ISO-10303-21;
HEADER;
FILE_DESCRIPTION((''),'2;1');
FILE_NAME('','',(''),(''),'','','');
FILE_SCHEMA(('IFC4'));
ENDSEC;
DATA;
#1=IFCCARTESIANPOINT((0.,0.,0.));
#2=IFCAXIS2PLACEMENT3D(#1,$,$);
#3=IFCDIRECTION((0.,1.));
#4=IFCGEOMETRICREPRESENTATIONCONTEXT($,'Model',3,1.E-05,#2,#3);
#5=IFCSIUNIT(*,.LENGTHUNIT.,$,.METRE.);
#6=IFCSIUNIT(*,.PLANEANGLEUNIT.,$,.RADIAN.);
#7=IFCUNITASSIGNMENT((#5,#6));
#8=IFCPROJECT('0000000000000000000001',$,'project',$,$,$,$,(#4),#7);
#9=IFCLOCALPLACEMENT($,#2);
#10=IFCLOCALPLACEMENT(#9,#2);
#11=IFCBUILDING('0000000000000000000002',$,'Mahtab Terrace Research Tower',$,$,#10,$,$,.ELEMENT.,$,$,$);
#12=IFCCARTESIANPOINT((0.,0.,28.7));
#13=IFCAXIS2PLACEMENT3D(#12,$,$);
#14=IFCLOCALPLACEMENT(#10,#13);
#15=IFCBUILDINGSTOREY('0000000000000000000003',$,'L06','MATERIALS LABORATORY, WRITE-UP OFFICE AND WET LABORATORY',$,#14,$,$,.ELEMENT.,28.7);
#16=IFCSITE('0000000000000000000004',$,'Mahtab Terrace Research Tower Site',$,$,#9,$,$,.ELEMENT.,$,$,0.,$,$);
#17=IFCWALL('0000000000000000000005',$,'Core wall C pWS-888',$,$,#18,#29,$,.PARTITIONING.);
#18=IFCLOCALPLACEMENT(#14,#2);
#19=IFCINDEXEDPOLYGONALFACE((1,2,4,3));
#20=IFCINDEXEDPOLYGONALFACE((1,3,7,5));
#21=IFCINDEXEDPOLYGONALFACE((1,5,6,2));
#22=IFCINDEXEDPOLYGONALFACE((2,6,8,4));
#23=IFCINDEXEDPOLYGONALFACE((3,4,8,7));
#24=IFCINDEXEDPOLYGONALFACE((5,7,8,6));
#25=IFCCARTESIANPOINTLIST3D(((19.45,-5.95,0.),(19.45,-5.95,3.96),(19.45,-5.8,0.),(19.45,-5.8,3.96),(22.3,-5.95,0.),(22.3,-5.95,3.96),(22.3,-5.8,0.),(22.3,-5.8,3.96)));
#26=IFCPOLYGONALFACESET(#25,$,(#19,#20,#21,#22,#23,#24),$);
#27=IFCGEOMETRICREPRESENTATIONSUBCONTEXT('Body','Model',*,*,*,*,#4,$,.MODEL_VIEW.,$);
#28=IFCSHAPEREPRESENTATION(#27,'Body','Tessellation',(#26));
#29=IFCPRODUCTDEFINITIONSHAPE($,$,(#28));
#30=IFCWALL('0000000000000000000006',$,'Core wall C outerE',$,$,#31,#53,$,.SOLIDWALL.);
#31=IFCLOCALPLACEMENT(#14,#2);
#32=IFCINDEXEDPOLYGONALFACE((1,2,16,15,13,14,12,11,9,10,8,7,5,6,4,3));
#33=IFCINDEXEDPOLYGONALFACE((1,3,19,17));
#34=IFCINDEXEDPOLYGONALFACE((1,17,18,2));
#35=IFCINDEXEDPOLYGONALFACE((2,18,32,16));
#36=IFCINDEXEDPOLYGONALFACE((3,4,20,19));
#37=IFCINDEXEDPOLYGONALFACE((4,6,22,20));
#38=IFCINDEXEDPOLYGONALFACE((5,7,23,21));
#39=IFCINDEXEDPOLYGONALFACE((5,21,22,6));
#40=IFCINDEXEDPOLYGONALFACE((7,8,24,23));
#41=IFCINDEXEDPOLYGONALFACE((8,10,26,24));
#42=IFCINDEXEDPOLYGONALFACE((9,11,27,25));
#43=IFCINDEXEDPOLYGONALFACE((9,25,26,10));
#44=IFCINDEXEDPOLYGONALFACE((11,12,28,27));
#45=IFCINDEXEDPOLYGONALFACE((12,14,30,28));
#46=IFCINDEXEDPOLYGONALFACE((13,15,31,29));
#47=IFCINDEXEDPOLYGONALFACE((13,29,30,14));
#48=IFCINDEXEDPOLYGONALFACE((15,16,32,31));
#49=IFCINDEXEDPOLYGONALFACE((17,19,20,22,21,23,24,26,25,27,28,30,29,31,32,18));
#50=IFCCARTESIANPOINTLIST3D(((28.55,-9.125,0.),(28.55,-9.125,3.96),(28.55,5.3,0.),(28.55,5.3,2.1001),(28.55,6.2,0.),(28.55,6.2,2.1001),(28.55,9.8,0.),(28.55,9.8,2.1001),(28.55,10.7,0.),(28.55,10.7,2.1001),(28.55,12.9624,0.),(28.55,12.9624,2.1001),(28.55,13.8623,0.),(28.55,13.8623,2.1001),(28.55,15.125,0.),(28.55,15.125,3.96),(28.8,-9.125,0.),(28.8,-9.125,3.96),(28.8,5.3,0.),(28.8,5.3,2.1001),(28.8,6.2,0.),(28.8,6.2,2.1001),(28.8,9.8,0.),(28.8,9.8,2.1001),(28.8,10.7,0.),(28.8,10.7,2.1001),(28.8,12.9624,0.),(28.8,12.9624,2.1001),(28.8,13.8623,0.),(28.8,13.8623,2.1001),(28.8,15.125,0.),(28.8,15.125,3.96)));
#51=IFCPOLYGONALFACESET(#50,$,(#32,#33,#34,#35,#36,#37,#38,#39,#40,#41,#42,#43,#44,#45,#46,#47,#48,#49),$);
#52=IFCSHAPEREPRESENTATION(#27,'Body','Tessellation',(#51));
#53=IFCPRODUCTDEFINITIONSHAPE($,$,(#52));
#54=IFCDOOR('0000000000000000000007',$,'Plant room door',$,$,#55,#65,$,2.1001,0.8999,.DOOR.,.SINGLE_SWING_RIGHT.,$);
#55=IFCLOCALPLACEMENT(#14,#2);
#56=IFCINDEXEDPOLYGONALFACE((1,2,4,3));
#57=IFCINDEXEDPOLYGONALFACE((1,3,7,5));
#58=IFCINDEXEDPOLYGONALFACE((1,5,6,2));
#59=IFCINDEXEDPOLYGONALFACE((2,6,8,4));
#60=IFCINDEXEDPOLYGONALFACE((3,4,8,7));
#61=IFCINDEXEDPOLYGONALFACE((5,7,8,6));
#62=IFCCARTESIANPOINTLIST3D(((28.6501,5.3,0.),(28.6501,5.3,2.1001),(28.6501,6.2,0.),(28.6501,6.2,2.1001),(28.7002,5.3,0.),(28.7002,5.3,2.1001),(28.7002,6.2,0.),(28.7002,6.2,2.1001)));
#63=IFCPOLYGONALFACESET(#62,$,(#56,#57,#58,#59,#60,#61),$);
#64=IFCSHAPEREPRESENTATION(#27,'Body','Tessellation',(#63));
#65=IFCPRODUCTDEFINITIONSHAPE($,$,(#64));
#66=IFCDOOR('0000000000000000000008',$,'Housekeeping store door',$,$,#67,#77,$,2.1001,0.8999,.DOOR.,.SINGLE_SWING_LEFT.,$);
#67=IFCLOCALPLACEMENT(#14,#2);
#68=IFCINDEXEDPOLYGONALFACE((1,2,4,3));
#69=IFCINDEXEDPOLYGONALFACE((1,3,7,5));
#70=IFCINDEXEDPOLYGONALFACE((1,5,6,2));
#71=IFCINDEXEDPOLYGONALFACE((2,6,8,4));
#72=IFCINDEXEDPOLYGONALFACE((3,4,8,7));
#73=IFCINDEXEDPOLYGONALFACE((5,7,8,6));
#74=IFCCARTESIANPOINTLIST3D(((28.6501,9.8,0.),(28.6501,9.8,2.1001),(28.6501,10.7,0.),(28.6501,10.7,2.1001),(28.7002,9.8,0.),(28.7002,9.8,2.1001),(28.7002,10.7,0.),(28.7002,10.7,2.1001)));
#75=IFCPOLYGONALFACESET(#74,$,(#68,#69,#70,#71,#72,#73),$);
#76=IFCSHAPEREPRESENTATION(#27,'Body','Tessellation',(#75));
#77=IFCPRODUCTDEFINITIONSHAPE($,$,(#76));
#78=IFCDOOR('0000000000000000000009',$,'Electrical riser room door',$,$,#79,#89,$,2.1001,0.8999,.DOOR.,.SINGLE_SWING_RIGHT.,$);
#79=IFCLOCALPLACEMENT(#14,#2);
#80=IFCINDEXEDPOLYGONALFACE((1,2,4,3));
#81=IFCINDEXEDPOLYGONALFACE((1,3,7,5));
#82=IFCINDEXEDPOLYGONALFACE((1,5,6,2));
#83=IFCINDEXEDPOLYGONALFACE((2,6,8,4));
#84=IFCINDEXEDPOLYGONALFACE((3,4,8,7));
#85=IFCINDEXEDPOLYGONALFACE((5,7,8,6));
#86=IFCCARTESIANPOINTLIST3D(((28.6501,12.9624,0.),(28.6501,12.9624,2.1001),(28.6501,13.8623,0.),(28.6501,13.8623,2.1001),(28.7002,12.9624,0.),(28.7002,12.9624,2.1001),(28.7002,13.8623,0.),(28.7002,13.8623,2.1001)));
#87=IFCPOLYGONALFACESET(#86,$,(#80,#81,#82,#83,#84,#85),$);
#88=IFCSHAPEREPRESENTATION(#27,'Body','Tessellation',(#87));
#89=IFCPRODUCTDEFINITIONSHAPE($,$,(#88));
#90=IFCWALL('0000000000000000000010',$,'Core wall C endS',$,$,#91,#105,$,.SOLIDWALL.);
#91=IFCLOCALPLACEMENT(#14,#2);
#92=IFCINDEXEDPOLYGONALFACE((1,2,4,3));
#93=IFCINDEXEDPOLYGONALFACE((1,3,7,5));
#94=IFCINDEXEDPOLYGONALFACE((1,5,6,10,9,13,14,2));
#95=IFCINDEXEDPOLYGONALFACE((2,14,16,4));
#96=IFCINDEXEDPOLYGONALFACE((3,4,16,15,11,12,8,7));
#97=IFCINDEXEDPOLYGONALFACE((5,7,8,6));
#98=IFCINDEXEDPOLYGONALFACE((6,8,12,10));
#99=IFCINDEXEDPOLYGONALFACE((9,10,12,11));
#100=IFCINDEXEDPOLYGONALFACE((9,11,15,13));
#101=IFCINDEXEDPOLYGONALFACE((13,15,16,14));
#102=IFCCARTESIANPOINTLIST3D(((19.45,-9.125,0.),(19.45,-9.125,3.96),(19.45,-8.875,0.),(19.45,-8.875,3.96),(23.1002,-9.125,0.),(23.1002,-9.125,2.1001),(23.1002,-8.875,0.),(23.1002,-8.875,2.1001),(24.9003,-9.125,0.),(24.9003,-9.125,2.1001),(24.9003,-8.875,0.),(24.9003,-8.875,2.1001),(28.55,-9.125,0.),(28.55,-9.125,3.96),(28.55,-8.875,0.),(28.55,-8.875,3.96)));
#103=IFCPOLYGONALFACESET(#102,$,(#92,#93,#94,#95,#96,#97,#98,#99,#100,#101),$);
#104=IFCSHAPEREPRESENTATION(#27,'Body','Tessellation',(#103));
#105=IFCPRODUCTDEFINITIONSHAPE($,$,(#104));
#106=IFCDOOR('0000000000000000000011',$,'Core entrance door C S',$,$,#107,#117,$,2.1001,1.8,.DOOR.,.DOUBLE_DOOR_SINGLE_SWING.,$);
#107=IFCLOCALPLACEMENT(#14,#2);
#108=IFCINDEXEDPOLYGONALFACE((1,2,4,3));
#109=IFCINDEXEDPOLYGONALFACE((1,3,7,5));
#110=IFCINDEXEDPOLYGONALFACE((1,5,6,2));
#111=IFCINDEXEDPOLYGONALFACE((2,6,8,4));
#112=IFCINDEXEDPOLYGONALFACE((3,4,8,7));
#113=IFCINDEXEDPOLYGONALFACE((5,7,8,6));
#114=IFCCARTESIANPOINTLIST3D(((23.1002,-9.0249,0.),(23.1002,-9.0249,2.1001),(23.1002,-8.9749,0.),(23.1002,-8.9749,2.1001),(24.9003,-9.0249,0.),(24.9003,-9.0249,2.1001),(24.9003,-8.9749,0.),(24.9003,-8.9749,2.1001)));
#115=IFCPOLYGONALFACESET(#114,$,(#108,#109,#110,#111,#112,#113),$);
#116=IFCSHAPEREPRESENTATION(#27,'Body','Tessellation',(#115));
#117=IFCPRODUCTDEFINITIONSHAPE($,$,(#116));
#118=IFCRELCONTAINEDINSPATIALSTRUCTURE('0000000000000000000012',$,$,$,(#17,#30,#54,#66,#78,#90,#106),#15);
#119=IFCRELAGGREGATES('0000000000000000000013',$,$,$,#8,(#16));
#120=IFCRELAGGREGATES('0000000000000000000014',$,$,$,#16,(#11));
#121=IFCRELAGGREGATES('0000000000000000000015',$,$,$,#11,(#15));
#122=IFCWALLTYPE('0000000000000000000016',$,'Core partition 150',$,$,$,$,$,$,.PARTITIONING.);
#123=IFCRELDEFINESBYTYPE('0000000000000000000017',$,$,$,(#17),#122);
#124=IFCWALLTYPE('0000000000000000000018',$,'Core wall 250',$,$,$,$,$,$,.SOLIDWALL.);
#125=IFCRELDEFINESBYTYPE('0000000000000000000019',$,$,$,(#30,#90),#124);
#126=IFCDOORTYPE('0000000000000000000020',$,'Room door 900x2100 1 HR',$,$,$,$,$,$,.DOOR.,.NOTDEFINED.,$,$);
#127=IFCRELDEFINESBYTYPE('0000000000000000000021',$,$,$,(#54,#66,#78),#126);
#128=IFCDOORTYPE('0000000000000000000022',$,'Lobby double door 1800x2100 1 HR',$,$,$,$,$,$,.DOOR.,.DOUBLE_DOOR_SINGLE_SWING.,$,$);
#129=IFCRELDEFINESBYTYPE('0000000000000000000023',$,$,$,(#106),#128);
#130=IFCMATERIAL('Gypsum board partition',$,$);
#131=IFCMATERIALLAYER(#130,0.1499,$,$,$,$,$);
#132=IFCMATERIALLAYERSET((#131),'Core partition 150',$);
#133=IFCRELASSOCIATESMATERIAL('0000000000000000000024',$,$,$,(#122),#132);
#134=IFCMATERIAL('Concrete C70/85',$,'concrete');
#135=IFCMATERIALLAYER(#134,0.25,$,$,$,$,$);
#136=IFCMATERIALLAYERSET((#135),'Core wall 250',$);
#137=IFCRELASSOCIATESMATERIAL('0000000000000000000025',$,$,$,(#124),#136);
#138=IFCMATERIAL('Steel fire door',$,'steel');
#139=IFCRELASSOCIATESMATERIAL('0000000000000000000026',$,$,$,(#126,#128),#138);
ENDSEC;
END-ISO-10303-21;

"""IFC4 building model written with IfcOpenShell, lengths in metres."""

from ifc_helpers import new_model, si_unit, direction, frame, frame_2d, origin, place, context, subcontext, project, spatial, rectangle, extrude, material, layer, layer_set, type_object, element, fill, save


model = new_model("IFC4")

# Units and contexts
model_context = context("Model", 3, precision=1e-05, world=origin(), true_north=direction((0.0, 1.0)))
body_context = subcontext(model_context, "Body", "Model", "MODEL_VIEW")
ifc_project = project(units=[si_unit("LENGTHUNIT", "METRE"), si_unit("PLANEANGLEUNIT", "RADIAN")], contexts=[model_context])

# Site, building, storey
site_placement = place(None, origin())
site = spatial("IfcSite", under=ifc_project, at=site_placement, Name="Mahtab Terrace Research Tower Site", CompositionType="ELEMENT", RefElevation=0.0)
building_placement = place(site_placement, origin())
building = spatial("IfcBuilding", under=site, at=building_placement, Name="Mahtab Terrace Research Tower", CompositionType="ELEMENT")
storey_placement = place(building_placement, frame((0.0, 0.0, 28.7)))
storey = spatial("IfcBuildingStorey", under=building, at=storey_placement, Name="L06", Description="MATERIALS LABORATORY, WRITE-UP OFFICE AND WET LABORATORY", CompositionType="ELEMENT", Elevation=28.7)

# Wall
ifc_material_1 = material(Name="Gypsum board partition")
ifc_layer_1 = layer(ifc_material_1, 0.1499)
ifc_layer_set_1 = layer_set([ifc_layer_1], Name="Core partition 150")
wall_type_1 = type_object("IfcWallType", Name="Core partition 150", PredefinedType="PARTITIONING", material=ifc_layer_set_1)
wall_1_placement = place(storey_placement, frame((19.45, -5.875, 0.0), z_axis=(0.0, 0.0, 1.0), x_axis=(1.0, 0.0, 0.0)))
element("IfcWall", 1, at=wall_1_placement, inside=storey, type_object=wall_type_1, Name="Core wall C pWS-888", PredefinedType="PARTITIONING", context=body_context, shape_type="SweptSolid", body=[
    extrude(rectangle(XDim=2.8501, YDim=0.1499, at=frame_2d((1.425, 0.0))), origin(), (0.0, 0.0, 1.0), 3.96),
])

# Wall, openings, doors
ifc_material_2 = material(Name="Concrete C70/85", Category="concrete")
ifc_layer_2 = layer(ifc_material_2, 0.25)
ifc_layer_set_2 = layer_set([ifc_layer_2], Name="Core wall 250")
wall_type_2 = type_object("IfcWallType", Name="Core wall 250", PredefinedType="SOLIDWALL", material=ifc_layer_set_2)
wall_2_placement = place(storey_placement, frame((28.675, -9.125, 0.0), z_axis=(0.0, 0.0, 1.0), x_axis=(0.0, 1.0, 0.0)))
wall_2 = element("IfcWall", 2, at=wall_2_placement, inside=storey, type_object=wall_type_2, Name="Core wall C outerE", PredefinedType="SOLIDWALL", context=body_context, shape_type="SweptSolid", body=[
    extrude(rectangle(XDim=24.25, YDim=0.25, at=frame_2d((12.125, 0.0))), origin(), (0.0, 0.0, 1.0), 3.96),
])
opening_1_placement = place(wall_2_placement, frame((14.425, 0.0, 0.0)))
opening_1 = element("IfcOpeningElement", 3, at=opening_1_placement, cuts=wall_2, PredefinedType="OPENING", context=body_context, shape_type="SweptSolid", body=[
    extrude(rectangle(XDim=0.8999, YDim=2.1001, at=frame_2d((0.45, 1.05))), frame((0.0, 0.135, 0.0), z_axis=(0.0, -1.0, 0.0), x_axis=(1.0, 0.0, 0.0)), (0.0, 0.0, 1.0), 0.27),
])
opening_2_placement = place(wall_2_placement, frame((18.925, 0.0, 0.0)))
opening_2 = element("IfcOpeningElement", 4, at=opening_2_placement, cuts=wall_2, PredefinedType="OPENING", context=body_context, shape_type="SweptSolid", body=[
    extrude(rectangle(XDim=0.8999, YDim=2.1001, at=frame_2d((0.45, 1.05))), frame((0.0, 0.135, 0.0), z_axis=(0.0, -1.0, 0.0), x_axis=(1.0, 0.0, 0.0)), (0.0, 0.0, 1.0), 0.27),
])
opening_3_placement = place(wall_2_placement, frame((22.0874, 0.0, 0.0)))
opening_3 = element("IfcOpeningElement", 5, at=opening_3_placement, cuts=wall_2, PredefinedType="OPENING", context=body_context, shape_type="SweptSolid", body=[
    extrude(rectangle(XDim=0.8999, YDim=2.1001, at=frame_2d((0.45, 1.05))), frame((0.0, 0.135, 0.0), z_axis=(0.0, -1.0, 0.0), x_axis=(1.0, 0.0, 0.0)), (0.0, 0.0, 1.0), 0.27),
])
ifc_material_3 = material(Name="Steel fire door", Category="steel")
door_type_1 = type_object("IfcDoorType", Name="Room door 900x2100 1 HR", OperationType="NOTDEFINED", PredefinedType="DOOR", material=ifc_material_3)
door_1_placement = place(opening_1_placement, origin())
door_1 = element("IfcDoor", 6, at=door_1_placement, inside=storey, type_object=door_type_1, Name="Plant room door", OperationType="SINGLE_SWING_RIGHT", OverallHeight=2.1001, OverallWidth=0.8999, PredefinedType="DOOR", context=body_context, shape_type="SweptSolid", body=[
    extrude(rectangle(XDim=0.8999, YDim=2.1001, at=frame_2d((0.45, 1.05))), frame((0.0, 0.0249, 0.0), z_axis=(0.0, -1.0, 0.0), x_axis=(1.0, 0.0, 0.0)), (0.0, 0.0, 1.0), 0.05),
])
fill(opening_1, door_1)
door_2_placement = place(opening_2_placement, origin())
door_2 = element("IfcDoor", 7, at=door_2_placement, inside=storey, type_object=door_type_1, Name="Housekeeping store door", OperationType="SINGLE_SWING_LEFT", OverallHeight=2.1001, OverallWidth=0.8999, PredefinedType="DOOR", context=body_context, shape_type="SweptSolid", body=[
    extrude(rectangle(XDim=0.8999, YDim=2.1001, at=frame_2d((0.45, 1.05))), frame((0.0, 0.0249, 0.0), z_axis=(0.0, -1.0, 0.0), x_axis=(1.0, 0.0, 0.0)), (0.0, 0.0, 1.0), 0.05),
])
fill(opening_2, door_2)
door_3_placement = place(opening_3_placement, origin())
door_3 = element("IfcDoor", 8, at=door_3_placement, inside=storey, type_object=door_type_1, Name="Electrical riser room door", OperationType="SINGLE_SWING_RIGHT", OverallHeight=2.1001, OverallWidth=0.8999, PredefinedType="DOOR", context=body_context, shape_type="SweptSolid", body=[
    extrude(rectangle(XDim=0.8999, YDim=2.1001, at=frame_2d((0.45, 1.05))), frame((0.0, 0.0249, 0.0), z_axis=(0.0, -1.0, 0.0), x_axis=(1.0, 0.0, 0.0)), (0.0, 0.0, 1.0), 0.05),
])
fill(opening_3, door_3)

# Wall, opening, door
wall_3_placement = place(storey_placement, frame((28.55, -9.0, 0.0), z_axis=(0.0, 0.0, 1.0), x_axis=(-1.0, 0.0, 0.0)))
wall_3 = element("IfcWall", 9, at=wall_3_placement, inside=storey, type_object=wall_type_2, Name="Core wall C endS", PredefinedType="SOLIDWALL", context=body_context, shape_type="SweptSolid", body=[
    extrude(rectangle(XDim=9.1001, YDim=0.25, at=frame_2d((4.55, 0.0))), origin(), (0.0, 0.0, 1.0), 3.96),
])
opening_4_placement = place(wall_3_placement, frame((3.6499, 0.0, 0.0)))
opening_4 = element("IfcOpeningElement", 10, at=opening_4_placement, cuts=wall_3, PredefinedType="OPENING", context=body_context, shape_type="SweptSolid", body=[
    extrude(rectangle(XDim=1.8, YDim=2.1001, at=frame_2d((0.8999, 1.05))), frame((0.0, 0.135, 0.0), z_axis=(0.0, -1.0, 0.0), x_axis=(1.0, 0.0, 0.0)), (0.0, 0.0, 1.0), 0.27),
])
door_type_2 = type_object("IfcDoorType", Name="Lobby double door 1800x2100 1 HR", OperationType="DOUBLE_DOOR_SINGLE_SWING", PredefinedType="DOOR", material=ifc_material_3)
door_4_placement = place(opening_4_placement, origin())
door_4 = element("IfcDoor", 11, at=door_4_placement, inside=storey, type_object=door_type_2, Name="Core entrance door C S", OperationType="DOUBLE_DOOR_SINGLE_SWING", OverallHeight=2.1001, OverallWidth=1.8, PredefinedType="DOOR", context=body_context, shape_type="SweptSolid", body=[
    extrude(rectangle(XDim=1.8, YDim=2.1001, at=frame_2d((0.8999, 1.05))), frame((0.0, 0.0249, 0.0), z_axis=(0.0, -1.0, 0.0), x_axis=(1.0, 0.0, 0.0)), (0.0, 0.0, 1.0), 0.05),
])
fill(opening_4, door_4)

save(model, "model.ifc")
